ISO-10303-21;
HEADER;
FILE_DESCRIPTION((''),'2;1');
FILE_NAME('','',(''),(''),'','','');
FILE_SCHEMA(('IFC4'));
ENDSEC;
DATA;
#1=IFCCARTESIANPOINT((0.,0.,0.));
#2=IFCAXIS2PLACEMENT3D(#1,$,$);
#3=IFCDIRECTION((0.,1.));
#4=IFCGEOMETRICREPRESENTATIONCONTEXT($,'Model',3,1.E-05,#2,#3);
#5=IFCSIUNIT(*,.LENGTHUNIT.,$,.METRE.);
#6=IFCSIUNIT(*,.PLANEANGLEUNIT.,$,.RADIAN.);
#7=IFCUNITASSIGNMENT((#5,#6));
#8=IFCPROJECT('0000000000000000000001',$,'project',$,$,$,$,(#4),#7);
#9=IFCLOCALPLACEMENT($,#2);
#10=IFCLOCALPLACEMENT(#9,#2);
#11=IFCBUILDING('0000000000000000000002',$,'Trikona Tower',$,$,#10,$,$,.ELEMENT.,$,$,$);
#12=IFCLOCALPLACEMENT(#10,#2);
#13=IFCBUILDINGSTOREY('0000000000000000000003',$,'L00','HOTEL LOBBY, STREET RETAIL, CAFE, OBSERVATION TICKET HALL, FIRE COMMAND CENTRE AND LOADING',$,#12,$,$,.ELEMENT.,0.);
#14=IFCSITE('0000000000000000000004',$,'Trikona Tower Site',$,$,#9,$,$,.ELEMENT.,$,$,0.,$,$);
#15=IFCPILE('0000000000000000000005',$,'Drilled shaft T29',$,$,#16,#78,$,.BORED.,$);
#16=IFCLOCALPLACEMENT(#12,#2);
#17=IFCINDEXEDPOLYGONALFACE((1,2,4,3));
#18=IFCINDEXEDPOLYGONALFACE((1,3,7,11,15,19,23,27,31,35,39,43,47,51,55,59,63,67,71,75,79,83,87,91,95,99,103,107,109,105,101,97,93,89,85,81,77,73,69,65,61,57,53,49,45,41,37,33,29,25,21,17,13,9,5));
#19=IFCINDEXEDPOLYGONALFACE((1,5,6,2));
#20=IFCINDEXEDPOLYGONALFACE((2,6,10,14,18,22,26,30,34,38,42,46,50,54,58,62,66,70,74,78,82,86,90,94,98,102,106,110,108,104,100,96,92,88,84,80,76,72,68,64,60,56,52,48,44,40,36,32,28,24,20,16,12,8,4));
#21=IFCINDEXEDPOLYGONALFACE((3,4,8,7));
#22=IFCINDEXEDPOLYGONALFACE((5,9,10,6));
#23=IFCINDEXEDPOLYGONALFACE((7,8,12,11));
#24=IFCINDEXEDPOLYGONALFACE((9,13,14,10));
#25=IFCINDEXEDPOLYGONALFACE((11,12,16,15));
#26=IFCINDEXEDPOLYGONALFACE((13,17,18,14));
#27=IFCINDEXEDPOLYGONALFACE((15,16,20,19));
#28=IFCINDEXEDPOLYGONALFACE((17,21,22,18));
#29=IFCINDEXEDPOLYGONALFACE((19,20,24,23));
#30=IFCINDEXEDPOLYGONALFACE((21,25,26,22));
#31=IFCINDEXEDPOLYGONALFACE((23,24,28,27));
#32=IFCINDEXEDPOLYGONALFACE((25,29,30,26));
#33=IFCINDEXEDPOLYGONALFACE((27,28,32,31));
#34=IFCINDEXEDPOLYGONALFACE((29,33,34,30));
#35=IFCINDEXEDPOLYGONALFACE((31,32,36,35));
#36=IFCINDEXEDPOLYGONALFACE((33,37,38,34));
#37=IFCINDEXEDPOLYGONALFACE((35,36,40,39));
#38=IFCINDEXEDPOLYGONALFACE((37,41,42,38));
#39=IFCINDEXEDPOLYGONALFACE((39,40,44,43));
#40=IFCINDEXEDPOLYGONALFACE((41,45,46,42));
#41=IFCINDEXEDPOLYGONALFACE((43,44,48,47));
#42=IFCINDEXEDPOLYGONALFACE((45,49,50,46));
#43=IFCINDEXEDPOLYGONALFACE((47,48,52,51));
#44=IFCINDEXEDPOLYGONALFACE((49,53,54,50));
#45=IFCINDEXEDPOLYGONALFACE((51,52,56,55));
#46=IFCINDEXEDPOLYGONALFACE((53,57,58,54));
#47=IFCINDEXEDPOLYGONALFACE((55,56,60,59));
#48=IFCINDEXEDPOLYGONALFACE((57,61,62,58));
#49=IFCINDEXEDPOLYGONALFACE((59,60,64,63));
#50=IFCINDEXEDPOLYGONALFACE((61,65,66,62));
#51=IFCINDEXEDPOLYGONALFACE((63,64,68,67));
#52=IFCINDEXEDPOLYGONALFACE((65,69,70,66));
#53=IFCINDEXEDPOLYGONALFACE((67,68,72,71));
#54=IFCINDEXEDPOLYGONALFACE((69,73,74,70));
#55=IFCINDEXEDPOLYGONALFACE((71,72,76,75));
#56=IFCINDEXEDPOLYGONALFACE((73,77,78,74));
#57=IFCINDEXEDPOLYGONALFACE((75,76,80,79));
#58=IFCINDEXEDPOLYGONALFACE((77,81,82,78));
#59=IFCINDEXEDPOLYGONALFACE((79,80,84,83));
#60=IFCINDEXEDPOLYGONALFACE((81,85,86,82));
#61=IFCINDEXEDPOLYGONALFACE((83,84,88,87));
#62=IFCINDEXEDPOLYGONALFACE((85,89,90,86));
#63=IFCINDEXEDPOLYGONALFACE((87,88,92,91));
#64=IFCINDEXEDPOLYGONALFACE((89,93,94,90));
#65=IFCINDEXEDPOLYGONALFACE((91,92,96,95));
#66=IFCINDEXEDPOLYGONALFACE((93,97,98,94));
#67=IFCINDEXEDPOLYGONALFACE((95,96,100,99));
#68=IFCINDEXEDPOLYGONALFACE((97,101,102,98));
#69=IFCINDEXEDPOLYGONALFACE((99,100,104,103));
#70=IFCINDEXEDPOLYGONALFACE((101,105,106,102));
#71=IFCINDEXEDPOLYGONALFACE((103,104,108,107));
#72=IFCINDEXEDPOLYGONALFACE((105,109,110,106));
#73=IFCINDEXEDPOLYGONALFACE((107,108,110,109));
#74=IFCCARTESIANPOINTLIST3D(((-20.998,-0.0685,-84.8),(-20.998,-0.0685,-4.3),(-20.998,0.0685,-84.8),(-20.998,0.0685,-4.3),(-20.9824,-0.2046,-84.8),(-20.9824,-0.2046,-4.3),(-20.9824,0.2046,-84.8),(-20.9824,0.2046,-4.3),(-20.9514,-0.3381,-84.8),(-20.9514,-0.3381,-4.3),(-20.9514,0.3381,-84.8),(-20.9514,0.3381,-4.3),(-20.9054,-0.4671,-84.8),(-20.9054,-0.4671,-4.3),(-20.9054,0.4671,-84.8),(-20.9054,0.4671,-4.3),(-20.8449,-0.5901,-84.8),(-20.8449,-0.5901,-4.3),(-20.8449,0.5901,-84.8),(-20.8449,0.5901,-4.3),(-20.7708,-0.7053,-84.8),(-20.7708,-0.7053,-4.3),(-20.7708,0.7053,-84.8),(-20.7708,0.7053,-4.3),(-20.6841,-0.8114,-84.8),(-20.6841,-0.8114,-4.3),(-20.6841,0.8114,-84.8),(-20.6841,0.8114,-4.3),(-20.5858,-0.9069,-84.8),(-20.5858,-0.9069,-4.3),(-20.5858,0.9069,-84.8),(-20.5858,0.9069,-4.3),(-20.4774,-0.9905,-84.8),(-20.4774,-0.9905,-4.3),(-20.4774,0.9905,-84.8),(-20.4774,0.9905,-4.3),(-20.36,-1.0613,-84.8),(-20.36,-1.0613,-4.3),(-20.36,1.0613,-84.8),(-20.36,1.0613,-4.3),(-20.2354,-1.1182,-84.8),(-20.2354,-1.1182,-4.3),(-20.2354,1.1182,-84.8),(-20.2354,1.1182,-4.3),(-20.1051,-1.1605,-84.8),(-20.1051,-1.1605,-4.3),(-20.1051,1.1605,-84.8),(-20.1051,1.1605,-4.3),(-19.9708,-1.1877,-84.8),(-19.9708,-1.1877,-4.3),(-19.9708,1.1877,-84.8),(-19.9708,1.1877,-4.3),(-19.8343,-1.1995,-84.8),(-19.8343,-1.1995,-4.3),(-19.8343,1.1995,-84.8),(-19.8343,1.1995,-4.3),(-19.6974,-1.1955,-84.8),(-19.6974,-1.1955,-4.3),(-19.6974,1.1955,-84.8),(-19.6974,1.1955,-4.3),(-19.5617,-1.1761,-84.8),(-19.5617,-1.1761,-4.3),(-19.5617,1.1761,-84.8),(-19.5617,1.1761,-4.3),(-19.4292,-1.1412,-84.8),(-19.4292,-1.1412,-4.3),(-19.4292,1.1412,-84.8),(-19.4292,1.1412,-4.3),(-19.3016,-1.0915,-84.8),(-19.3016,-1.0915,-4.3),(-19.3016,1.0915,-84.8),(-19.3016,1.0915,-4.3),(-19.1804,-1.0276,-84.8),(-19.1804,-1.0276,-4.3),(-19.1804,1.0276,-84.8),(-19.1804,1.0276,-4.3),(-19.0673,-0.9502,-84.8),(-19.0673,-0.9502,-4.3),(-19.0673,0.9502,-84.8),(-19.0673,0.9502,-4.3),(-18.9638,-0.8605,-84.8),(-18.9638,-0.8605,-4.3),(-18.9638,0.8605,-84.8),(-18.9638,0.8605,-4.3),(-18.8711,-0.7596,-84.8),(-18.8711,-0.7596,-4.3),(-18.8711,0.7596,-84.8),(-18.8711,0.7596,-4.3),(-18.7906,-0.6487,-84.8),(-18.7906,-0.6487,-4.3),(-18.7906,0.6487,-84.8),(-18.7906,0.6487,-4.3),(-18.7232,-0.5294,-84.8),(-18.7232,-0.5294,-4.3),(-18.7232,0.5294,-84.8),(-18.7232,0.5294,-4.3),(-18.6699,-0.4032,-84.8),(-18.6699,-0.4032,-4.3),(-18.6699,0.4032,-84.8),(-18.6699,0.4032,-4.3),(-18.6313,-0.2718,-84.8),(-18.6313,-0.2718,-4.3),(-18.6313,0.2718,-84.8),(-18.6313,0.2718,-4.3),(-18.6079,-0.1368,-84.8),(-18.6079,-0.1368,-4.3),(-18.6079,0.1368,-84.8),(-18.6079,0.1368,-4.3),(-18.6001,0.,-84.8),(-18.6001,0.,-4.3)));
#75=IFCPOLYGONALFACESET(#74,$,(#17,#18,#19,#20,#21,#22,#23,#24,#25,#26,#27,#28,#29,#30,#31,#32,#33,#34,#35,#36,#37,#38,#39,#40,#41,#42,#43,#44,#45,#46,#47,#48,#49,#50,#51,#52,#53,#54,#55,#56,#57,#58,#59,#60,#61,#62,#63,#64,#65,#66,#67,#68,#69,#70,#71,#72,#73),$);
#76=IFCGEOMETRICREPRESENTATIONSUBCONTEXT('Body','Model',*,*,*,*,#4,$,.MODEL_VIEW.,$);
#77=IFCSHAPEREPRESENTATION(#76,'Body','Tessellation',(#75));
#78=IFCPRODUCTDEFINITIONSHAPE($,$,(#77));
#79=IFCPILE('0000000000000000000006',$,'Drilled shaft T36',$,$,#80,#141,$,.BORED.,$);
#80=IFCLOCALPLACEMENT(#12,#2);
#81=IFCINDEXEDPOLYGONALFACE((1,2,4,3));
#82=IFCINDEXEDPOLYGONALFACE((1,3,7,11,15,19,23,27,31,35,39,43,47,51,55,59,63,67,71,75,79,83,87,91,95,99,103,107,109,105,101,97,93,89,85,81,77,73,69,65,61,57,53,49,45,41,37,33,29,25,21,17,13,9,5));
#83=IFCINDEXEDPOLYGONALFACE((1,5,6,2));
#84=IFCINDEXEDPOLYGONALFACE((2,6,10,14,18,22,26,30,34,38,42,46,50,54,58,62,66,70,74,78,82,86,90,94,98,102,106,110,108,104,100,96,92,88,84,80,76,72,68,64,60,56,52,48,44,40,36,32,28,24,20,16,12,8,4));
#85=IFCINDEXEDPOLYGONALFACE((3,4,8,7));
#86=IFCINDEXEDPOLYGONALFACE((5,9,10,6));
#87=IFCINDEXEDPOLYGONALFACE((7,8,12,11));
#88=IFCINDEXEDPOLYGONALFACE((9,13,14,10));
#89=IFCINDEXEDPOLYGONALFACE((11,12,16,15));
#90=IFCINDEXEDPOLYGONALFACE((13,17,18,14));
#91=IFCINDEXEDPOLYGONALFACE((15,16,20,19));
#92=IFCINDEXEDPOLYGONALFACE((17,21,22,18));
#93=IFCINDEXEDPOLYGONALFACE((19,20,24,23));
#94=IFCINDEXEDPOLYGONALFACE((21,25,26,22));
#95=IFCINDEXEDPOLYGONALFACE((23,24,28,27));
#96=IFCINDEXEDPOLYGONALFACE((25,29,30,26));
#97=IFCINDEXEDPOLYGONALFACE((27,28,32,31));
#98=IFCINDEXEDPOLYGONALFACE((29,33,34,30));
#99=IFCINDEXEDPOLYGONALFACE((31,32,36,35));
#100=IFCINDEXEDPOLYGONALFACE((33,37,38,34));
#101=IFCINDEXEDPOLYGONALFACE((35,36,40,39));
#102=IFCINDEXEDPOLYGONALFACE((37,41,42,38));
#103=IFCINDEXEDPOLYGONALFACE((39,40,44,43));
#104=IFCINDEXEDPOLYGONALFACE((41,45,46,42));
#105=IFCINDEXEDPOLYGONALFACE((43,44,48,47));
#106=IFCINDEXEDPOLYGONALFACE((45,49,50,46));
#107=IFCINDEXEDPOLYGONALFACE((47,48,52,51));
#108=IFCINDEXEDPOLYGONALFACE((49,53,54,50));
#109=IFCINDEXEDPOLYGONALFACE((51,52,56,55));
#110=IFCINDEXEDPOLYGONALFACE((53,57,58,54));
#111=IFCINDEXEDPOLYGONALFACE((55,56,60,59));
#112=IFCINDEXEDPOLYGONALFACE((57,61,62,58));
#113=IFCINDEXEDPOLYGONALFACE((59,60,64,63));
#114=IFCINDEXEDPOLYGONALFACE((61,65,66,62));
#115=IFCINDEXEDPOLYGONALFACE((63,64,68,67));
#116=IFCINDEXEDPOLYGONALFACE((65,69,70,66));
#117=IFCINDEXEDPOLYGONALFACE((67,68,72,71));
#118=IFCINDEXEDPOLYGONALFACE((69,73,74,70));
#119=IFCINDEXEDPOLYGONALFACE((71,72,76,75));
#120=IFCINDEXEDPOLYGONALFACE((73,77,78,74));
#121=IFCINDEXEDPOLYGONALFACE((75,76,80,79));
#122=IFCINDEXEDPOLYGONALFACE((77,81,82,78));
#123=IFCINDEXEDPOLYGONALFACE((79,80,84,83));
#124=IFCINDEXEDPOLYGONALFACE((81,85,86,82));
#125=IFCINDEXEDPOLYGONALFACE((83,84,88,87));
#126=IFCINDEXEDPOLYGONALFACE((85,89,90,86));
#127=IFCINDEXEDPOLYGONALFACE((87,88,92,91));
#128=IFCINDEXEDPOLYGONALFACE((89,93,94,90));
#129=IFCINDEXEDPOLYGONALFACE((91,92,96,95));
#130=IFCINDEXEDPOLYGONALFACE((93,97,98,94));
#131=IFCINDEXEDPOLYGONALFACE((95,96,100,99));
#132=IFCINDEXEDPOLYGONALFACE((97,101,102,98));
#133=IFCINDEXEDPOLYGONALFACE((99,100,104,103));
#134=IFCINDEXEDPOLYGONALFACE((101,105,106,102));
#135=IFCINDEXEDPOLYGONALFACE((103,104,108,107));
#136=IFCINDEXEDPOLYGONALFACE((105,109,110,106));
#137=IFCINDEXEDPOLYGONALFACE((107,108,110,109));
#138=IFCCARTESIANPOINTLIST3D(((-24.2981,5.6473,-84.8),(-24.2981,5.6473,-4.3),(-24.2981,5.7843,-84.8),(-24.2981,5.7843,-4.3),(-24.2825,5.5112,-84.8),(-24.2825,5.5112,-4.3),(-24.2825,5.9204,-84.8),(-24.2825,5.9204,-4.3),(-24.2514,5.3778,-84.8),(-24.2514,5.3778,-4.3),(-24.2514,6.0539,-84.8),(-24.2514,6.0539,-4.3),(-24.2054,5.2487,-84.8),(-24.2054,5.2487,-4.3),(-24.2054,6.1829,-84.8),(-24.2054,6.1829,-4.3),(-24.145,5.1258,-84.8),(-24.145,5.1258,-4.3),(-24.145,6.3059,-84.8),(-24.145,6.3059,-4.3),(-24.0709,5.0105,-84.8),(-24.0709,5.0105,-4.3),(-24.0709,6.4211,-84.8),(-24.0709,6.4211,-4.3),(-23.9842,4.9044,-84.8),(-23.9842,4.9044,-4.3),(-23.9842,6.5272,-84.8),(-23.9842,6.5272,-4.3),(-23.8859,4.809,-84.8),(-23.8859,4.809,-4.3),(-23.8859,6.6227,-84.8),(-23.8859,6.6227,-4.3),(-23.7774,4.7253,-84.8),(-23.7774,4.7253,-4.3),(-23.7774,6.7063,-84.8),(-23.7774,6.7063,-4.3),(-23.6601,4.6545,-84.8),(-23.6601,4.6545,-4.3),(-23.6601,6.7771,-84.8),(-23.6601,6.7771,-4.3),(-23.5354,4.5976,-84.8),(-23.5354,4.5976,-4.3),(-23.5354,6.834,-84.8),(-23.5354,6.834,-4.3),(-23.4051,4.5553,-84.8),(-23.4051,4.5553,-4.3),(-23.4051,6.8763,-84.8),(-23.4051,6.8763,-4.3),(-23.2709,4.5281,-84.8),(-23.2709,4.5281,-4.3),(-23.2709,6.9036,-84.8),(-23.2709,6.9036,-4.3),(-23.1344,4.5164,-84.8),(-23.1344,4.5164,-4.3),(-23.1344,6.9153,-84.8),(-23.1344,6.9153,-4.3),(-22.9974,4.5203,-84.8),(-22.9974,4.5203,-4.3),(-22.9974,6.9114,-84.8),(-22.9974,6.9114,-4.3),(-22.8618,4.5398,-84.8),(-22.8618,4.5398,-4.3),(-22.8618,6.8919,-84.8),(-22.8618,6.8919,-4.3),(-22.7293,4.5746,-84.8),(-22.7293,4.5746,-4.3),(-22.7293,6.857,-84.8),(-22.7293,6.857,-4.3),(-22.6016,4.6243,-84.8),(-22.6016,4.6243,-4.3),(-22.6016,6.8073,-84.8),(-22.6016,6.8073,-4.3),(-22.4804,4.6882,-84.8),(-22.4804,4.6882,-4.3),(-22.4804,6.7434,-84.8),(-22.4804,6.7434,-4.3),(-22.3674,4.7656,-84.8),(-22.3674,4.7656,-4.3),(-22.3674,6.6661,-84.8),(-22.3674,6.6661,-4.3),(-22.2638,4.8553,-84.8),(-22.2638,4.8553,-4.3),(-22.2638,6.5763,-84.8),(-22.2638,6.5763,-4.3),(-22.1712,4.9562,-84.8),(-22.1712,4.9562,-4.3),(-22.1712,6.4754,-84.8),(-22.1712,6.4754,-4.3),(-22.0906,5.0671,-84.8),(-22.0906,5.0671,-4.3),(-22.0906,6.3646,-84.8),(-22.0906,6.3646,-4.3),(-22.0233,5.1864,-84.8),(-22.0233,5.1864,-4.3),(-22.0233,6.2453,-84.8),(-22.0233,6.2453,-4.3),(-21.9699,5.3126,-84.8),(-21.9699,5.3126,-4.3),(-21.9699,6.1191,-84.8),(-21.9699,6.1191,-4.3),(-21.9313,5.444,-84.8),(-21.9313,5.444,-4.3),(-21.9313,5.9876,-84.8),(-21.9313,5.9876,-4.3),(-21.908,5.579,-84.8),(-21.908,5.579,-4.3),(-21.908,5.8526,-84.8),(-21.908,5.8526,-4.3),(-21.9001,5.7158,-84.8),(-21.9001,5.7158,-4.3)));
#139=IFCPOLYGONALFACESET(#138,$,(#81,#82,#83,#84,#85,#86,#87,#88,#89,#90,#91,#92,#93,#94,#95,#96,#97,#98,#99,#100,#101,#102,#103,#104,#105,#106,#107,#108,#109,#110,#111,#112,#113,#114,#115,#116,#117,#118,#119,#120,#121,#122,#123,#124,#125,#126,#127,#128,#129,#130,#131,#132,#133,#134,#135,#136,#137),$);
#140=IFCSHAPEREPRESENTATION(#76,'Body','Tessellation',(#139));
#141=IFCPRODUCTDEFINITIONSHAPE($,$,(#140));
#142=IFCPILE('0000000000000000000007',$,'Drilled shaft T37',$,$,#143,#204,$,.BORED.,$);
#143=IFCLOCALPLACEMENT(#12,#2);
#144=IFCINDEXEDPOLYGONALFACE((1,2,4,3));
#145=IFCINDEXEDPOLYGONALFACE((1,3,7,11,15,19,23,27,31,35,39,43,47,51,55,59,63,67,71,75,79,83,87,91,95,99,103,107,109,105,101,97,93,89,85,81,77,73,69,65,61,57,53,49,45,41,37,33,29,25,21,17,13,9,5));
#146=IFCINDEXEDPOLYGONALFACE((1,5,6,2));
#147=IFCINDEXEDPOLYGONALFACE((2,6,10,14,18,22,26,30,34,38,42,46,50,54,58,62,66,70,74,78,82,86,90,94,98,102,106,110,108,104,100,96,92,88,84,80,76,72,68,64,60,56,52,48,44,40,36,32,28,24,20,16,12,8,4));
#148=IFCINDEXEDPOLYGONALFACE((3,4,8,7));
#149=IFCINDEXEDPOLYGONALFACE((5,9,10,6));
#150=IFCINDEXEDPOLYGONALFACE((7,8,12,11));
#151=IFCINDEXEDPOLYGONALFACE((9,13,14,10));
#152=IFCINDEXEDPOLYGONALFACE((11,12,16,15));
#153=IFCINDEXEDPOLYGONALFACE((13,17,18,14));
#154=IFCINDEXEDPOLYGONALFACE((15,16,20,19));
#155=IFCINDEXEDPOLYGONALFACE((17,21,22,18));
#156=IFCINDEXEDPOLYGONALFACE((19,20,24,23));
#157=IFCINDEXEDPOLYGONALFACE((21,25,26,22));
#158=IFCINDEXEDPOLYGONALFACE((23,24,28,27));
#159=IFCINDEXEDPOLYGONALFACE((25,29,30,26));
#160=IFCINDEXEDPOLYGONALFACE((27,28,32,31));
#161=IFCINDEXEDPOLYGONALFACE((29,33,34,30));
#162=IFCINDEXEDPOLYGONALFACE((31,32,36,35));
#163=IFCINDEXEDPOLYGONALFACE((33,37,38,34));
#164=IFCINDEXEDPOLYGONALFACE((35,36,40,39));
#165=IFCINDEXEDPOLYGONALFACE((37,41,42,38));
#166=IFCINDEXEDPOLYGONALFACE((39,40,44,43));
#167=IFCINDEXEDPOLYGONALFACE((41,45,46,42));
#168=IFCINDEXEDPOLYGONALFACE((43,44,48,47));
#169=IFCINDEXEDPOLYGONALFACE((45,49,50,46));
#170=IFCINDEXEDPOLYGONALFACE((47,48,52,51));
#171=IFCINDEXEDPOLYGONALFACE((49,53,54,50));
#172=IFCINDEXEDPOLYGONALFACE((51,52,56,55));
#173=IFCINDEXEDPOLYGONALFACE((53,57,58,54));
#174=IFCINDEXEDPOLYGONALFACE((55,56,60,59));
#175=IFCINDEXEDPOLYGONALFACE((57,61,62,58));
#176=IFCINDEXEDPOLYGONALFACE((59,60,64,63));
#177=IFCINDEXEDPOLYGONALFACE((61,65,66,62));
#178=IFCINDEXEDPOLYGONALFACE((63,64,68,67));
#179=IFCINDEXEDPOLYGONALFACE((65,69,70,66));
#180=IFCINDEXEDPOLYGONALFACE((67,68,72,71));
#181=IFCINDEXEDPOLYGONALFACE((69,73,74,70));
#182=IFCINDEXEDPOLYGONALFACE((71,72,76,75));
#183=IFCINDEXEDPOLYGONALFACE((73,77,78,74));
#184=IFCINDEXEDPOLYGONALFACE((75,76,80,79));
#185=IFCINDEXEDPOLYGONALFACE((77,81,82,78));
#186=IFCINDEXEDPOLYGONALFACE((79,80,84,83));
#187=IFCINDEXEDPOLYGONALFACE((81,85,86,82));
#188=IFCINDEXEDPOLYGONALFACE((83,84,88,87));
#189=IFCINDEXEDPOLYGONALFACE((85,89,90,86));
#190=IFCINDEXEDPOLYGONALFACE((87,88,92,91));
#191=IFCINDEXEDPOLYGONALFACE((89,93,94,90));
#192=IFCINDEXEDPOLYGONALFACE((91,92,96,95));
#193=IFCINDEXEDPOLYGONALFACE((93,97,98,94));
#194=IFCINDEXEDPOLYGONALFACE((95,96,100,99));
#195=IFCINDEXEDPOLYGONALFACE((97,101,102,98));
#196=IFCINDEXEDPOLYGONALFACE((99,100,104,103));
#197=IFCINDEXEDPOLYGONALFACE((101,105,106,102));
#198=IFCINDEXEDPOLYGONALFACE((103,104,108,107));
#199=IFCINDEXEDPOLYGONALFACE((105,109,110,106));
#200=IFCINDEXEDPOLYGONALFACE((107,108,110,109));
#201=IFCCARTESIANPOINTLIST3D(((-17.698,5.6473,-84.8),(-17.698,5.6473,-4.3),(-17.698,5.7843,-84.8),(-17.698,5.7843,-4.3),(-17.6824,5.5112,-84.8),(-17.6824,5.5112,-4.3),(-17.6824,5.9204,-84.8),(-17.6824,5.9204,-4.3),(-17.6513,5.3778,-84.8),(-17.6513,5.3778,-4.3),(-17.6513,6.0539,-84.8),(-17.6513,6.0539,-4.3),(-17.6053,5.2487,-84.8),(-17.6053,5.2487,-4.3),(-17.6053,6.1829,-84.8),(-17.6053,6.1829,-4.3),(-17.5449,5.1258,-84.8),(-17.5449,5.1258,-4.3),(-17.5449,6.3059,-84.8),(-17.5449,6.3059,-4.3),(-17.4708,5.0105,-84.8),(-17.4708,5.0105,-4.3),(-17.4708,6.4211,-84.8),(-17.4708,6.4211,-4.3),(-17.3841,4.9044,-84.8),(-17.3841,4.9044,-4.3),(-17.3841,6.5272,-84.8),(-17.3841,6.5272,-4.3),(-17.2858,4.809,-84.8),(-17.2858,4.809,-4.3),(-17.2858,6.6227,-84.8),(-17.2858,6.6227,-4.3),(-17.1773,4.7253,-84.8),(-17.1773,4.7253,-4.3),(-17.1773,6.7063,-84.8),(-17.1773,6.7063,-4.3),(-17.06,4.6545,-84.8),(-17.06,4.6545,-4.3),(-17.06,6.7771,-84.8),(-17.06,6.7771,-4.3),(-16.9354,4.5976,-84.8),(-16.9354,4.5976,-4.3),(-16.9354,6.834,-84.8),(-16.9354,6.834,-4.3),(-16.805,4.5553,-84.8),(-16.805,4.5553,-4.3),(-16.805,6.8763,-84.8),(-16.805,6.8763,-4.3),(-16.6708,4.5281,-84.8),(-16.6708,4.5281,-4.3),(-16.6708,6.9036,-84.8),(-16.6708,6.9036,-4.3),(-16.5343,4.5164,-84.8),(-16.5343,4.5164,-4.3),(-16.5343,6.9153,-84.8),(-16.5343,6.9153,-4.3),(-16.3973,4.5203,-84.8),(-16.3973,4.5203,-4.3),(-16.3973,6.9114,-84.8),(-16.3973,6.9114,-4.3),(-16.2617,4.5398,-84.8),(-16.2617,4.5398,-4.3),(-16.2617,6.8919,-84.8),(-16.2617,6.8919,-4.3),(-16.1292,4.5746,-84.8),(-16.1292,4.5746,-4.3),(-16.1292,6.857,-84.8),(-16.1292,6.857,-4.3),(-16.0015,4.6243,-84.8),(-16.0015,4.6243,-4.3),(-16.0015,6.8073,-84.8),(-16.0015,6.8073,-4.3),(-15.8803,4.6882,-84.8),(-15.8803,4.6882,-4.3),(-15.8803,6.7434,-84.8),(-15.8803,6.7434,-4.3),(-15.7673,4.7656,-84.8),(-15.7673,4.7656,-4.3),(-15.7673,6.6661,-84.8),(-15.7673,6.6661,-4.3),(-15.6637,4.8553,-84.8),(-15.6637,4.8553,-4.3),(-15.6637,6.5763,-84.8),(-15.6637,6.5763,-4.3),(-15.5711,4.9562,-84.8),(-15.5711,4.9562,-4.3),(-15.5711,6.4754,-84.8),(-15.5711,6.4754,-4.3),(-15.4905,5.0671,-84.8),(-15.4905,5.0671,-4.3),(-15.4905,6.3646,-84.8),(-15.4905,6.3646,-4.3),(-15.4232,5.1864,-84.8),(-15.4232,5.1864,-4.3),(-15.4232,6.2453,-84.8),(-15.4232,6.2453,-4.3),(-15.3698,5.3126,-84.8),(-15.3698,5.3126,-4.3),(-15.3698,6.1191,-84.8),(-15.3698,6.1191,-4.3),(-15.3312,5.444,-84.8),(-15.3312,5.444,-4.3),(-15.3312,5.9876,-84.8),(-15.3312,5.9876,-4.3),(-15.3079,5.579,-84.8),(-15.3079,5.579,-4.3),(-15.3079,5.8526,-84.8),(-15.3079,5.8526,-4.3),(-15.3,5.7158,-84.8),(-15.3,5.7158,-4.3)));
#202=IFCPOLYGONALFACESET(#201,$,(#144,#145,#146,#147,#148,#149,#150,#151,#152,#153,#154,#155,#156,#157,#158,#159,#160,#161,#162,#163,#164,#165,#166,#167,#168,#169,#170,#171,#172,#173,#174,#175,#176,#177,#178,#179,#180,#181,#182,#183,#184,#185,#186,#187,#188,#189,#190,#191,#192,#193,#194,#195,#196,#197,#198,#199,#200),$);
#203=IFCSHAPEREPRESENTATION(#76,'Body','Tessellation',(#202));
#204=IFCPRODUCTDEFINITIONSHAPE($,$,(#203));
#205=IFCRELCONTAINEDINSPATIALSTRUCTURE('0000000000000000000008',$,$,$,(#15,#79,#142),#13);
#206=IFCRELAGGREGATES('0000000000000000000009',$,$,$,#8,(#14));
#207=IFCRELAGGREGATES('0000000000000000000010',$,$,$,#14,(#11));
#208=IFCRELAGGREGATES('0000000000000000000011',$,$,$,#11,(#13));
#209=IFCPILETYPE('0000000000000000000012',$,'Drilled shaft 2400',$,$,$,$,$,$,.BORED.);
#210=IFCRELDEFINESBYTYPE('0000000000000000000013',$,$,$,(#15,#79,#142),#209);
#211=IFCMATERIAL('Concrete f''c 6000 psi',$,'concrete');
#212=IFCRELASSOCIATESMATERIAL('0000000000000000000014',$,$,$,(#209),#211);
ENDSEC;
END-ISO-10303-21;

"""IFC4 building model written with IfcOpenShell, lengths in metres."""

from ifc_helpers import new_model, si_unit, direction, frame, origin, origin_2d, place, context, subcontext, project, spatial, circle, extrude, material, type_object, element, save


model = new_model("IFC4")

# Units and contexts
model_context = context("Model", 3, precision=1e-05, world=origin(), true_north=direction((0.0, 1.0)))
body_context = subcontext(model_context, "Body", "Model", "MODEL_VIEW")
ifc_project = project(units=[si_unit("LENGTHUNIT", "METRE"), si_unit("PLANEANGLEUNIT", "RADIAN")], contexts=[model_context])

# Site, building, storey
site_placement = place(None, origin())
site = spatial("IfcSite", under=ifc_project, at=site_placement, Name="Trikona Tower Site", CompositionType="ELEMENT", RefElevation=0.0)
building_placement = place(site_placement, origin())
building = spatial("IfcBuilding", under=site, at=building_placement, Name="Trikona Tower", CompositionType="ELEMENT")
storey_placement = place(building_placement, origin())
storey = spatial("IfcBuildingStorey", under=building, at=storey_placement, Name="L00", Description="HOTEL LOBBY, STREET RETAIL, CAFE, OBSERVATION TICKET HALL, FIRE COMMAND CENTRE AND LOADING", CompositionType="ELEMENT", Elevation=0.0)

# Piles
ifc_material_1 = material(Name="Concrete f'c 6000 psi", Category="concrete")
pile_type = type_object("IfcPileType", Name="Drilled shaft 2400", PredefinedType="BORED", material=ifc_material_1)
for number, where, z_axis, x_axis, name in (
    (1, (-19.8, 0.0, -4.3), (0.0, 0.0, -1.0), (1.0, 0.0, 0.0), "Drilled shaft T29"),
    (2, (-23.1001, 5.7158, -4.3), (0.0, 0.0, -1.0), (1.0, 0.0, 0.0), "Drilled shaft T36"),
    (3, (-16.5, 5.7158, -4.3), (0.0, 0.0, -1.0), (1.0, 0.0, 0.0), "Drilled shaft T37"),
):
    element("IfcPile", number, at=place(storey_placement, frame(where, z_axis=z_axis, x_axis=x_axis)), inside=storey, type_object=pile_type, Name=name, PredefinedType="BORED", context=body_context, shape_type="SweptSolid", body=[
        extrude(circle(Radius=1.2, at=origin_2d()), origin(), (0.0, 0.0, 1.0), 80.5),
    ])

save(model, "model.ifc")
